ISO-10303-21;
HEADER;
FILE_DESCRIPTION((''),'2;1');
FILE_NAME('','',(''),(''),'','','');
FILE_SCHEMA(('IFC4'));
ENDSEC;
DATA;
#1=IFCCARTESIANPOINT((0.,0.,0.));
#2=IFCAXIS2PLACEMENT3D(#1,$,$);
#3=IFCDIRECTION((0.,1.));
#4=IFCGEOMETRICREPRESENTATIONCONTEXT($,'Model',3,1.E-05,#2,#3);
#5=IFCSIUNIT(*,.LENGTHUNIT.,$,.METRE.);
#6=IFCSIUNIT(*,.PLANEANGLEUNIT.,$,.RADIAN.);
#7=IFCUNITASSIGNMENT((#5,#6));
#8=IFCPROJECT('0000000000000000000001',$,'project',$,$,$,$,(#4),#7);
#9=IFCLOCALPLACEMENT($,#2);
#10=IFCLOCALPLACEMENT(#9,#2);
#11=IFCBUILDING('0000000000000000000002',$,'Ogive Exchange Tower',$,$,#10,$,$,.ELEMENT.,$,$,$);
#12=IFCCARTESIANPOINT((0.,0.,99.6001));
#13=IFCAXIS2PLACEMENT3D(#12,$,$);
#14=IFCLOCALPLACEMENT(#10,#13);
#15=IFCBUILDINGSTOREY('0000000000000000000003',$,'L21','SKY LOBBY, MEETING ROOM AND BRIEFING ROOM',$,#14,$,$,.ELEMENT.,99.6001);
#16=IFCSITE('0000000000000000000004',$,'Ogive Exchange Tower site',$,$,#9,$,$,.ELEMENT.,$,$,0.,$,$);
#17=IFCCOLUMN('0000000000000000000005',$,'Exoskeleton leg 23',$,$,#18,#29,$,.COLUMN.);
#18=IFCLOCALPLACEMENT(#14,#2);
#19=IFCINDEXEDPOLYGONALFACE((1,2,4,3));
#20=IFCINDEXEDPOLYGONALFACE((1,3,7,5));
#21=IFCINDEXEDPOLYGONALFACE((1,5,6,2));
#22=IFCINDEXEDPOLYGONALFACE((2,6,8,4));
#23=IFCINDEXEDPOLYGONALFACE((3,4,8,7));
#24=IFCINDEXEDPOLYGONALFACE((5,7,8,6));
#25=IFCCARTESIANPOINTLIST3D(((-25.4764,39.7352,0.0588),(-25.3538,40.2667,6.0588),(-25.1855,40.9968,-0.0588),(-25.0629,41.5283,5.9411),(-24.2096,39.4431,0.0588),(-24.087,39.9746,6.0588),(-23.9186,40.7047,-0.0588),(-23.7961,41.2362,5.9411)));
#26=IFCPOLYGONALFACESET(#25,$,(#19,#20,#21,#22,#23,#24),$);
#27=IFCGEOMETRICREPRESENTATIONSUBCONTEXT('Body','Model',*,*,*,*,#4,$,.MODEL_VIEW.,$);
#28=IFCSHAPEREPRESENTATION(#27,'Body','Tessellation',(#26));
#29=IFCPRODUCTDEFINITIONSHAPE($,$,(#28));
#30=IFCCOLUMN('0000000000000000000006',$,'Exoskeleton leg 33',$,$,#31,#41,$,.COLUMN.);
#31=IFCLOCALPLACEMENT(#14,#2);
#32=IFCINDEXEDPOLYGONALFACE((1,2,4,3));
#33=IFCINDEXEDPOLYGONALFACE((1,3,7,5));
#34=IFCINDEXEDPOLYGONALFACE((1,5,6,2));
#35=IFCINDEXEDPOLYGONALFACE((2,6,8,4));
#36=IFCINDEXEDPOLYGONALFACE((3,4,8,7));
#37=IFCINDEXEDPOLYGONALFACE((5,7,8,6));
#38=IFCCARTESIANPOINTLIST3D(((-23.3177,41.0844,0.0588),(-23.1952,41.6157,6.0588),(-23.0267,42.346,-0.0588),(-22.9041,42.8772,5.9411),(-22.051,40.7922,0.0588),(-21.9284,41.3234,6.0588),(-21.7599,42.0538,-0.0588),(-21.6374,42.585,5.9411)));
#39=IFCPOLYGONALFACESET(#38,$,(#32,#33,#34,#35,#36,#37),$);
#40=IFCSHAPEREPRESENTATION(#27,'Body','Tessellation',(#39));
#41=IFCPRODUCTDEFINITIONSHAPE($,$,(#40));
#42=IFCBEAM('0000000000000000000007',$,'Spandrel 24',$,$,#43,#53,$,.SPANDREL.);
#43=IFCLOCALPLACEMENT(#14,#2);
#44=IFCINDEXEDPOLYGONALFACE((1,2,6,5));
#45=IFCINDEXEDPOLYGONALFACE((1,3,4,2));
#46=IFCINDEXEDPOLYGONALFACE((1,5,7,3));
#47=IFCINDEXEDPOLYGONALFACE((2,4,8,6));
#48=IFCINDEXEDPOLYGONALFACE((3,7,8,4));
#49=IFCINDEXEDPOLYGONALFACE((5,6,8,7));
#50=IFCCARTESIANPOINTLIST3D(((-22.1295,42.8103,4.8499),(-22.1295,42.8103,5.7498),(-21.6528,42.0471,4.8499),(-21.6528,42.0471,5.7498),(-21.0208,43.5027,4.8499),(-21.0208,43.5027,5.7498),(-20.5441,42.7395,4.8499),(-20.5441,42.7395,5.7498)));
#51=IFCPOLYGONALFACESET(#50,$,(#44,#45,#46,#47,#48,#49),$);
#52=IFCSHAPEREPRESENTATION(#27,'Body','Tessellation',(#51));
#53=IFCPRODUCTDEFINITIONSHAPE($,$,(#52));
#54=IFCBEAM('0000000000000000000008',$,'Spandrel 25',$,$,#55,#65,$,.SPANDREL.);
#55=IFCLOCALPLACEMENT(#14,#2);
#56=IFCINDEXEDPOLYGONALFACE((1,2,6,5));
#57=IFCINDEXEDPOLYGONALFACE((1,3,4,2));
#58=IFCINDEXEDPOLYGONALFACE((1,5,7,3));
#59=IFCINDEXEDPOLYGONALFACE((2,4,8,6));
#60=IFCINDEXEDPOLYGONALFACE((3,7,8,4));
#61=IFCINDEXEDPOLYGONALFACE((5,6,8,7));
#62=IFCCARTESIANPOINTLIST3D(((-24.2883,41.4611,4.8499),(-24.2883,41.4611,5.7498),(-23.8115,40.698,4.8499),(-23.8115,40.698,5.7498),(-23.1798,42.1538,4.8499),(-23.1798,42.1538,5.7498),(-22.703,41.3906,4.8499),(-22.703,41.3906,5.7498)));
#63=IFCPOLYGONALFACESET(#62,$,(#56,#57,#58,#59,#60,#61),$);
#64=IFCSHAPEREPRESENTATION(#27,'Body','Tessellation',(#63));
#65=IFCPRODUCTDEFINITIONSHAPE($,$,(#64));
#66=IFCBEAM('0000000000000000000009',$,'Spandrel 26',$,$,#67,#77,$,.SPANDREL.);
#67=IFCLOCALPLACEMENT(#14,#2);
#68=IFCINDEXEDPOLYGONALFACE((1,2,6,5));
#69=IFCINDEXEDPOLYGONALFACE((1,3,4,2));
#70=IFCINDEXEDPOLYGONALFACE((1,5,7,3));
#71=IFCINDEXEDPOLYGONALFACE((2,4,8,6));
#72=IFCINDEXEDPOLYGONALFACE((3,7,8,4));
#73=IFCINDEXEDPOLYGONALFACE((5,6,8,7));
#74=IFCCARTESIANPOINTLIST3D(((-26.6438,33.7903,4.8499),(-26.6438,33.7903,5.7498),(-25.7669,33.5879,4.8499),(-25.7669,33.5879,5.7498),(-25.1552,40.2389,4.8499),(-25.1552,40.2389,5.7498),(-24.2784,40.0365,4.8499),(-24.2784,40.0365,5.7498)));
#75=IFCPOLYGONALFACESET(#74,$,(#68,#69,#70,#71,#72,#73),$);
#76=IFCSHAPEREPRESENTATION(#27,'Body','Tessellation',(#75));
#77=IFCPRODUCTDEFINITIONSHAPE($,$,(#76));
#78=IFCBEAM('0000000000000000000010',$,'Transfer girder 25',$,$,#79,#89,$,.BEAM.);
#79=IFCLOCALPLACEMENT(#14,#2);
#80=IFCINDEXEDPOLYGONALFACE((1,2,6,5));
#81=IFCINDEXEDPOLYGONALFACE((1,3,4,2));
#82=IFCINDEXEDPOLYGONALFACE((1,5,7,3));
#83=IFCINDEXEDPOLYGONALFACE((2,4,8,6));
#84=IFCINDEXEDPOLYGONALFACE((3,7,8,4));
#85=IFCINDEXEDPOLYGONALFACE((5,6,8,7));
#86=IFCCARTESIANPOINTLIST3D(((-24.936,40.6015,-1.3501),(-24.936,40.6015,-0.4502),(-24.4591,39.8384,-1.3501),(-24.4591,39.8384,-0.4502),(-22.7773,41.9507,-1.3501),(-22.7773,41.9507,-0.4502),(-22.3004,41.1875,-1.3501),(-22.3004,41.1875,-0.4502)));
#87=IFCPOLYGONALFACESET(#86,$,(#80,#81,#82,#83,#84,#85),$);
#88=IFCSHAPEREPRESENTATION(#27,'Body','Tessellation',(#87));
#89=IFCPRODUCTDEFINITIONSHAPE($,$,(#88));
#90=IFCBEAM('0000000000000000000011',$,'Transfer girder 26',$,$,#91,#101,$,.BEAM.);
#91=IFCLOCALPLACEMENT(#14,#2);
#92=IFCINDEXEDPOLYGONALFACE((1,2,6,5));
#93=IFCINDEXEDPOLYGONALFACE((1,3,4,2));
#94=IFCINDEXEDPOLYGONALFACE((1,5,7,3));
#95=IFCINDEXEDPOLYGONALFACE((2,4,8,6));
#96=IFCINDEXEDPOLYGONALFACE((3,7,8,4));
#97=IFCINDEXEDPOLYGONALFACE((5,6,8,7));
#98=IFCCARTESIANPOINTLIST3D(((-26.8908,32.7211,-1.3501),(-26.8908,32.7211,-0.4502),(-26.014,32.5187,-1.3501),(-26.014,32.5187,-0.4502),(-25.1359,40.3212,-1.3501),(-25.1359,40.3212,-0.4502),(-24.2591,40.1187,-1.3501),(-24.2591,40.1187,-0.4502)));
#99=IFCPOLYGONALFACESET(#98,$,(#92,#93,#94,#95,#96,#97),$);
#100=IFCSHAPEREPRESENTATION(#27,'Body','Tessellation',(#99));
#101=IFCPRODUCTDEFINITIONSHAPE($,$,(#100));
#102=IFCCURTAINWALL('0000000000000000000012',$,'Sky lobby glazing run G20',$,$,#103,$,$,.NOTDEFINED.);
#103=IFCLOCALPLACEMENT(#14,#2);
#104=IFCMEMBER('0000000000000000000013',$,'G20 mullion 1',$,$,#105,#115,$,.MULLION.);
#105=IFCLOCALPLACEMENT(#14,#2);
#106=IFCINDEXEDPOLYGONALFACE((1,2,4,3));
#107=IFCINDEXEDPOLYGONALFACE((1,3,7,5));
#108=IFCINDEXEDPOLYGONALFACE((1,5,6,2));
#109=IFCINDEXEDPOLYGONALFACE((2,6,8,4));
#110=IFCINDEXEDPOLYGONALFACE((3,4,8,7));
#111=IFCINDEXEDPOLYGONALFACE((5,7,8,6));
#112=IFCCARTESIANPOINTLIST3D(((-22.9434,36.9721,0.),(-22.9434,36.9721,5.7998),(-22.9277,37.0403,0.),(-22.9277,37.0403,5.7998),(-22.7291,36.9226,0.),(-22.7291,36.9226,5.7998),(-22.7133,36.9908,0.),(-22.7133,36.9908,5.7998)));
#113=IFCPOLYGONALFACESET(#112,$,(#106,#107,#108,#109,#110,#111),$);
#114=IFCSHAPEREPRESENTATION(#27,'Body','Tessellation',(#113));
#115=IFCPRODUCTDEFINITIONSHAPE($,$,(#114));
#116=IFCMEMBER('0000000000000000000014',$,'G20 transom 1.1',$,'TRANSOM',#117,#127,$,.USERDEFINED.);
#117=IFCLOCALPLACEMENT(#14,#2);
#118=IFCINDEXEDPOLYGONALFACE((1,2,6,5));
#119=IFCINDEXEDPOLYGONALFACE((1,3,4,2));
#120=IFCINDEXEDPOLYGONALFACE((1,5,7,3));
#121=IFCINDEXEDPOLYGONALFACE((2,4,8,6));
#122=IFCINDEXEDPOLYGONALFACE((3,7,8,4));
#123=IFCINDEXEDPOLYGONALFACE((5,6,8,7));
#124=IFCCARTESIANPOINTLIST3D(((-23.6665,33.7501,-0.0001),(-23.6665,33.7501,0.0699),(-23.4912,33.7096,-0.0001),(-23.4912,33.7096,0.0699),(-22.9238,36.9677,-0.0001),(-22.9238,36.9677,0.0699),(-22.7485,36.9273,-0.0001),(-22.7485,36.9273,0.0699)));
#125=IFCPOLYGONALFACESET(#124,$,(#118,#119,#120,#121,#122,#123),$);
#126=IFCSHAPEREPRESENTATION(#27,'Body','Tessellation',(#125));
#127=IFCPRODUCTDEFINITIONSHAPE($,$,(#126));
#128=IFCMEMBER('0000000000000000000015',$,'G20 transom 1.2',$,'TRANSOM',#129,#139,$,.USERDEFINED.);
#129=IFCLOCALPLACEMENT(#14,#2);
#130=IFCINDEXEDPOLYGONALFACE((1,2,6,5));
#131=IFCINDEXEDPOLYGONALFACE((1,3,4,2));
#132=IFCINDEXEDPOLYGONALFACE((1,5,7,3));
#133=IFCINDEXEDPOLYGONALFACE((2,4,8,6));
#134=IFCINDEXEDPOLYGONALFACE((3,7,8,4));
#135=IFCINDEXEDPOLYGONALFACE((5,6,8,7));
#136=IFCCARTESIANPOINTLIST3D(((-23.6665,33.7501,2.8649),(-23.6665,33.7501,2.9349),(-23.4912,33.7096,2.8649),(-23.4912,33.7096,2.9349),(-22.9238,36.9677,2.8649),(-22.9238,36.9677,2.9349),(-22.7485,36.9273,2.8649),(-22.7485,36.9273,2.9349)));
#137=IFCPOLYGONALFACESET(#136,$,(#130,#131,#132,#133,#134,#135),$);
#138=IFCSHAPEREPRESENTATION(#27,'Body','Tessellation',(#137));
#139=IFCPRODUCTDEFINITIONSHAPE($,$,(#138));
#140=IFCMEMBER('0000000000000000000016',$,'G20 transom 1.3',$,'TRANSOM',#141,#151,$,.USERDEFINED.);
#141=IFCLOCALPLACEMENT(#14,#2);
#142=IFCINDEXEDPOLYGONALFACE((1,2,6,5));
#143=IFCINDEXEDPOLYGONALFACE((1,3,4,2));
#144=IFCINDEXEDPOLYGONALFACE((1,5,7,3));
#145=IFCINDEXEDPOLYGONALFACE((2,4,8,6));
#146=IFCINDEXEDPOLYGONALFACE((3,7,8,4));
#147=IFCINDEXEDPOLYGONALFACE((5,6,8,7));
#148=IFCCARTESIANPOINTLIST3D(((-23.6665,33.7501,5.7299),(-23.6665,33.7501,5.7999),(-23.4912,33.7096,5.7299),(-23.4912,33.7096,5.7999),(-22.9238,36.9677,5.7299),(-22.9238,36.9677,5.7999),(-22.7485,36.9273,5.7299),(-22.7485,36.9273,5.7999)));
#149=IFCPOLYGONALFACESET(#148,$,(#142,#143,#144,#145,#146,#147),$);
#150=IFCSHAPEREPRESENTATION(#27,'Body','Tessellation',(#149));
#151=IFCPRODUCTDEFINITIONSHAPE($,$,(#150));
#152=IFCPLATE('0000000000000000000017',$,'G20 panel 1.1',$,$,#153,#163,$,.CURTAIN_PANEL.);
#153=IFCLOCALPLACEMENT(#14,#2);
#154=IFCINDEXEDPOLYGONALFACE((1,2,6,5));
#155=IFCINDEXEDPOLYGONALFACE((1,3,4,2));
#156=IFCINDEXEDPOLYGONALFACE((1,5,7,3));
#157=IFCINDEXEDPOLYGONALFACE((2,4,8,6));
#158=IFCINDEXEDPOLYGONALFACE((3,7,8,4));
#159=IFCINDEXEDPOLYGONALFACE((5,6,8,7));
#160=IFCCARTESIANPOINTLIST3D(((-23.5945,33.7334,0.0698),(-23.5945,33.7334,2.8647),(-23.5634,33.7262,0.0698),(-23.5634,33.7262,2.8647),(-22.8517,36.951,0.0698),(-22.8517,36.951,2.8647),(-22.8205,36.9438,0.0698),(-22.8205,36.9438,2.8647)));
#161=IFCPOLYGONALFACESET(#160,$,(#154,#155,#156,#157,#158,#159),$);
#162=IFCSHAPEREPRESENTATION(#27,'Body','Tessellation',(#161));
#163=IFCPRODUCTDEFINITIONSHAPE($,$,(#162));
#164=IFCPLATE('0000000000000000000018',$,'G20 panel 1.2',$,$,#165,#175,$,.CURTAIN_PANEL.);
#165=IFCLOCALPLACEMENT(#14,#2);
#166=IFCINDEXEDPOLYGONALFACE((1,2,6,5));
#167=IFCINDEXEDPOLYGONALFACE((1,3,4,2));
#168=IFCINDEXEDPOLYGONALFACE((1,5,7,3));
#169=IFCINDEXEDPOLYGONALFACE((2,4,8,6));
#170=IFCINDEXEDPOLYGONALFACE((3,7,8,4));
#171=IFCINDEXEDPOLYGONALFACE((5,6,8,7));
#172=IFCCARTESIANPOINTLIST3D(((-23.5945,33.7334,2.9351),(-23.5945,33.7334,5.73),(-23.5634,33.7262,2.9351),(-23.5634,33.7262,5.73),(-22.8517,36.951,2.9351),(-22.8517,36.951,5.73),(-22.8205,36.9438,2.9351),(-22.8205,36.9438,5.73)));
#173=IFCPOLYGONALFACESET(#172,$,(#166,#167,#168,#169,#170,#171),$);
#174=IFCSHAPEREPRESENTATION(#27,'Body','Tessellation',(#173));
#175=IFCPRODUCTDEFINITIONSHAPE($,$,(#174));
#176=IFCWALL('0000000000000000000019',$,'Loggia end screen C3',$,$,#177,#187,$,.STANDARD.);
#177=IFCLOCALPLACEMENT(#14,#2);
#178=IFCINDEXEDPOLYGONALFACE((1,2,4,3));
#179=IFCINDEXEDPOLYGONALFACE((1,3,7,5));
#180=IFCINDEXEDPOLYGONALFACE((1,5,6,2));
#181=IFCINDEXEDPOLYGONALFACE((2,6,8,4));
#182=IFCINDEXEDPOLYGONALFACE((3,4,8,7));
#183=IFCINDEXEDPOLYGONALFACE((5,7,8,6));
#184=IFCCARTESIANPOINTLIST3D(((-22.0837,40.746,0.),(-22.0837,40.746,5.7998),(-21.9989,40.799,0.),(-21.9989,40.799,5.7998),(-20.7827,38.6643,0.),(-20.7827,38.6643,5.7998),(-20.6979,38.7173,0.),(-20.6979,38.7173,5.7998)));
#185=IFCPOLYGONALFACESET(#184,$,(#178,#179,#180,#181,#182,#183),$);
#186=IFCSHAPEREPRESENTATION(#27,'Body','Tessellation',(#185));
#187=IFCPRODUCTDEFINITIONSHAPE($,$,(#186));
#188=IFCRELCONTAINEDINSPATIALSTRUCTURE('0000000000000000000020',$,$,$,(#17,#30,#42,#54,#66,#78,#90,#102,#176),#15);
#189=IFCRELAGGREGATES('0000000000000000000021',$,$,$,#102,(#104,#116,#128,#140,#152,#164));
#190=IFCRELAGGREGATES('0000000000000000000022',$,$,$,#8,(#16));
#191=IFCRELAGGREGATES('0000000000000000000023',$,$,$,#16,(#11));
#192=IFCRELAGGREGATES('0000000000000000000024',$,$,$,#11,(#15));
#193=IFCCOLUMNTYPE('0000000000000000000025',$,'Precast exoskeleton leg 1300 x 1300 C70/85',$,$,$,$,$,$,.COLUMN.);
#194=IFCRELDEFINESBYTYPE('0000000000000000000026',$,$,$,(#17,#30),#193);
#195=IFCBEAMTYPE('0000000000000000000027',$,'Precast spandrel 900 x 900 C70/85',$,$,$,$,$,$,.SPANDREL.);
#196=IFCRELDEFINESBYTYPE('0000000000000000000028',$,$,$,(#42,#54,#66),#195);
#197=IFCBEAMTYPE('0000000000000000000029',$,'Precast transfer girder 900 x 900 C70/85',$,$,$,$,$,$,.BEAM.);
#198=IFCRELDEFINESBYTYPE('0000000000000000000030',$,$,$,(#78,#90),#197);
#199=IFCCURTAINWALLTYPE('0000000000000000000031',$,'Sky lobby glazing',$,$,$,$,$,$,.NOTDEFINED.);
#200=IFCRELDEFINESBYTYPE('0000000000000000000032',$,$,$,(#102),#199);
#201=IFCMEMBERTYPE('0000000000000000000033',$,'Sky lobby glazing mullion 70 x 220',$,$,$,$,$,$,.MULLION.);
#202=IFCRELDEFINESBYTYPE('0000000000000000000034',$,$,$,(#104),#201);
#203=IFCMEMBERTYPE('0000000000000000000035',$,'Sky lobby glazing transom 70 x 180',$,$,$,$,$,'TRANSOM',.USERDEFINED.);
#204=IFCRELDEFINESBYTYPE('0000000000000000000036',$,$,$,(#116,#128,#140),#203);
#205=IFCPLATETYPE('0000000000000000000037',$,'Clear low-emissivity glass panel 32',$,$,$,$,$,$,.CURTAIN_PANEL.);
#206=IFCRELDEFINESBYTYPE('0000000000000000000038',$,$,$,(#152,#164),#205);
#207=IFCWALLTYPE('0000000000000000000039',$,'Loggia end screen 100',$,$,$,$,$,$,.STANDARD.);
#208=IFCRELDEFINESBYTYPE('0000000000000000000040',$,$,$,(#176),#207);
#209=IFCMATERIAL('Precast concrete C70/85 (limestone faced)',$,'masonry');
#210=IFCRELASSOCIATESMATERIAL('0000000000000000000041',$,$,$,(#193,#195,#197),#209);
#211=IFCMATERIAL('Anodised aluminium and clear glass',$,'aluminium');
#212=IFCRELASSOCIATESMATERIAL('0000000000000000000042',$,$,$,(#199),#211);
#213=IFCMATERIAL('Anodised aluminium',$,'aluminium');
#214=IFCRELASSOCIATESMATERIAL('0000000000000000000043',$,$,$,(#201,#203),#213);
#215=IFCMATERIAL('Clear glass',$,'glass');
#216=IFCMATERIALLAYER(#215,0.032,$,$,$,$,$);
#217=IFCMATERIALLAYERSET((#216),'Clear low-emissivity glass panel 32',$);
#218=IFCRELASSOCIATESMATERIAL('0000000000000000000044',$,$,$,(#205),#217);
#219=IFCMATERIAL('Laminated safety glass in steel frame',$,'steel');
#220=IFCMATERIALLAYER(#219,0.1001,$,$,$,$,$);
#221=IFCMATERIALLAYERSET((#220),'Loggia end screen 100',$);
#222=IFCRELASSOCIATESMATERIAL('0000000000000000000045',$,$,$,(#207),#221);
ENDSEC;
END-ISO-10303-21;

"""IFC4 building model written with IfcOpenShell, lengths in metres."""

from ifc_helpers import new_model, si_unit, direction, frame, frame_2d, origin, origin_2d, place, context, subcontext, project, spatial, rectangle, extrude, material, layer, layer_set, material_profile, profile_set, type_object, element, aggregate, save


model = new_model("IFC4")

# Units and contexts
model_context = context("Model", 3, precision=1e-05, world=origin(), true_north=direction((0.0, 1.0)))
body_context = subcontext(model_context, "Body", "Model", "MODEL_VIEW")
ifc_project = project(units=[si_unit("LENGTHUNIT", "METRE"), si_unit("PLANEANGLEUNIT", "RADIAN")], contexts=[model_context])

# Site, building, storey
site_placement = place(None, origin())
site = spatial("IfcSite", under=ifc_project, at=site_placement, Name="Ogive Exchange Tower site", CompositionType="ELEMENT", RefElevation=0.0)
building_placement = place(site_placement, origin())
building = spatial("IfcBuilding", under=site, at=building_placement, Name="Ogive Exchange Tower", CompositionType="ELEMENT")
storey_placement = place(building_placement, frame((0.0, 0.0, 99.6001)))
storey = spatial("IfcBuildingStorey", under=building, at=storey_placement, Name="L21", Description="SKY LOBBY, MEETING ROOM AND BRIEFING ROOM", CompositionType="ELEMENT", Elevation=99.6001)

# Columns
ifc_material_1 = material(Name="Precast concrete C70/85 (limestone faced)", Category="masonry")
ifc_material_profile_1 = material_profile(ifc_material_1, rectangle(XDim=1.3, YDim=1.3, at=origin_2d()), Name="1300 x 1300")
ifc_profile_set_1 = profile_set([ifc_material_profile_1], Name="Precast concrete C70/85 (limestone faced)")
column_type = type_object("IfcColumnType", Name="Precast exoskeleton leg 1300 x 1300 C70/85", PredefinedType="COLUMN", material=ifc_profile_set_1)
for number, where, z_axis, x_axis, name in (
    (1, (-24.6975, 40.22, 0.0), (0.020343, 0.088219, 0.995893), (-0.974429, 0.224696, 0.0), "Exoskeleton leg 23"),
    (2, (-22.5388, 41.5691, 0.0), (0.020343, 0.088178, 0.995897), (-0.974406, 0.224794, 0.0), "Exoskeleton leg 33"),
):
    element("IfcColumn", number, at=place(storey_placement, frame(where, z_axis=z_axis, x_axis=x_axis)), inside=storey, type_object=column_type, Name=name, PredefinedType="COLUMN", context=body_context, shape_type="SweptSolid", body=[
        extrude(rectangle(XDim=1.3, YDim=1.3, at=origin_2d()), origin(), (0.0, 0.0, 1.0), 6.0247),
    ])

# Beams
ifc_material_profile_2 = material_profile(ifc_material_1, rectangle(XDim=0.8999, YDim=0.8999, at=origin_2d()), Name="900 x 900")
ifc_profile_set_2 = profile_set([ifc_material_profile_2], Name="Precast concrete C70/85 (limestone faced)")
beam_type_1 = type_object("IfcBeamType", Name="Precast spandrel 900 x 900 C70/85", PredefinedType="SPANDREL", material=ifc_profile_set_2)
for number, where, z_axis, x_axis, name in (
    (3, (-20.7825, 43.1211, 5.2998), (-0.848177, -0.529713, 0.0), (0.529713, -0.848177, 0.0), "Spandrel 24"),
    (4, (-22.9414, 41.7722, 5.2998), (-0.84804, -0.529932, 0.0), (0.529932, -0.84804, 0.0), "Spandrel 25"),
):
    element("IfcBeam", number, at=place(storey_placement, frame(where, z_axis=z_axis, x_axis=x_axis)), inside=storey, type_object=beam_type_1, Name=name, PredefinedType="SPANDREL", context=body_context, shape_type="SweptSolid", body=[
        extrude(rectangle(XDim=0.8999, YDim=0.8999, at=origin_2d()), origin(), (0.0, 0.0, 1.0), 1.3071),
    ])
beam_1_placement = place(storey_placement, frame((-24.7168, 40.1377, 5.2998), z_axis=(-0.224919, -0.974378, 0.0), x_axis=(0.974378, -0.224919, 0.0)))
element("IfcBeam", 5, at=beam_1_placement, inside=storey, type_object=beam_type_1, Name="Spandrel 26", PredefinedType="SPANDREL", context=body_context, shape_type="SweptSolid", body=[
    extrude(rectangle(XDim=0.8999, YDim=0.8999, at=origin_2d()), origin(), (0.0, 0.0, 1.0), 6.6182),
])
ifc_material_profile_3 = material_profile(ifc_material_1, rectangle(XDim=0.8999, YDim=0.8999, at=origin_2d()), Name="900 x 900")
ifc_profile_set_3 = profile_set([ifc_material_profile_3], Name="Precast concrete C70/85 (limestone faced)")
beam_type_2 = type_object("IfcBeamType", Name="Precast transfer girder 900 x 900 C70/85", PredefinedType="BEAM", material=ifc_profile_set_3)
beam_2_placement = place(storey_placement, frame((-22.5388, 41.5691, -0.9001), z_axis=(-0.848009, -0.529982, 0.0), x_axis=(0.529982, -0.848009, 0.0)))
element("IfcBeam", 6, at=beam_2_placement, inside=storey, type_object=beam_type_2, Name="Transfer girder 25", PredefinedType="BEAM", context=body_context, shape_type="SweptSolid", body=[
    extrude(rectangle(XDim=0.8999, YDim=0.8999, at=origin_2d()), origin(), (0.0, 0.0, 1.0), 2.5457),
])
beam_3_placement = place(storey_placement, frame((-24.6975, 40.22, -0.9001), z_axis=(-0.224983, -0.974363, 0.0), x_axis=(0.974363, -0.224983, 0.0)))
element("IfcBeam", 7, at=beam_3_placement, inside=storey, type_object=beam_type_2, Name="Transfer girder 26", PredefinedType="BEAM", context=body_context, shape_type="SweptSolid", body=[
    extrude(rectangle(XDim=0.8999, YDim=0.8999, at=origin_2d()), origin(), (0.0, 0.0, 1.0), 7.8),
])

# Curtain wall, members, plates
ifc_material_2 = material(Name="Anodised aluminium and clear glass", Category="aluminium")
curtain_wall_type = type_object("IfcCurtainWallType", Name="Sky lobby glazing", PredefinedType="NOTDEFINED", material=ifc_material_2)
curtain_wall_placement = place(storey_placement, origin())
curtain_wall = element("IfcCurtainWall", 8, at=curtain_wall_placement, inside=storey, type_object=curtain_wall_type, Name="Sky lobby glazing run G20", PredefinedType="NOTDEFINED")
ifc_material_3 = material(Name="Anodised aluminium", Category="aluminium")
ifc_material_profile_4 = material_profile(ifc_material_3, rectangle(XDim=0.22, YDim=0.0701, at=origin_2d()), Name="AL 70x220")
ifc_profile_set_4 = profile_set([ifc_material_profile_4], Name="Anodised aluminium")
member_type_1 = type_object("IfcMemberType", Name="Sky lobby glazing mullion 70 x 220", PredefinedType="MULLION", material=ifc_profile_set_4)
member_1_placement = place(storey_placement, frame((-22.8284, 36.9814, 0.0), z_axis=(0.0, 0.0, 1.0), x_axis=(0.97437, -0.224952, 0.0)))
member_1 = element("IfcMember", 9, at=member_1_placement, type_object=member_type_1, Name="G20 mullion 1", PredefinedType="MULLION", context=body_context, shape_type="SweptSolid", body=[
    extrude(rectangle(XDim=0.22, YDim=0.0701, at=origin_2d()), origin(), (0.0, 0.0, 1.0), 5.7998),
])
ifc_material_profile_5 = material_profile(ifc_material_3, rectangle(XDim=0.1799, YDim=0.0701, at=origin_2d()), Name="AL 70x180")
ifc_profile_set_5 = profile_set([ifc_material_profile_5], Name="Anodised aluminium")
member_type_2 = type_object("IfcMemberType", Name="Sky lobby glazing transom 70 x 180", ElementType="TRANSOM", PredefinedType="USERDEFINED", material=ifc_profile_set_5)
member_2_placement = place(storey_placement, frame((-22.8362, 36.9475, 0.0349), z_axis=(-0.224892, -0.974384, 0.0), x_axis=(0.974384, -0.224892, 0.0)))
member_2 = element("IfcMember", 10, at=member_2_placement, type_object=member_type_2, Name="G20 transom 1.1", ObjectType="TRANSOM", PredefinedType="USERDEFINED", context=body_context, shape_type="SweptSolid", body=[
    extrude(rectangle(XDim=0.1799, YDim=0.0701, at=origin_2d()), origin(), (0.0, 0.0, 1.0), 3.3022),
])
member_3_placement = place(storey_placement, frame((-22.8362, 36.9475, 2.8999), z_axis=(-0.224892, -0.974384, 0.0), x_axis=(0.974384, -0.224892, 0.0)))
member_3 = element("IfcMember", 11, at=member_3_placement, type_object=member_type_2, Name="G20 transom 1.2", ObjectType="TRANSOM", PredefinedType="USERDEFINED", context=body_context, shape_type="SweptSolid", body=[
    extrude(rectangle(XDim=0.1799, YDim=0.0701, at=origin_2d()), origin(), (0.0, 0.0, 1.0), 3.3022),
])
member_4_placement = place(storey_placement, frame((-22.8362, 36.9475, 5.7649), z_axis=(-0.224892, -0.974384, 0.0), x_axis=(0.974384, -0.224892, 0.0)))
member_4 = element("IfcMember", 12, at=member_4_placement, type_object=member_type_2, Name="G20 transom 1.3", ObjectType="TRANSOM", PredefinedType="USERDEFINED", context=body_context, shape_type="SweptSolid", body=[
    extrude(rectangle(XDim=0.1799, YDim=0.0701, at=origin_2d()), origin(), (0.0, 0.0, 1.0), 3.3022),
])
ifc_material_4 = material(Name="Clear glass", Category="glass")
ifc_layer_1 = layer(ifc_material_4, 0.032)
ifc_layer_set_1 = layer_set([ifc_layer_1], Name="Clear low-emissivity glass panel 32")
plate_type = type_object("IfcPlateType", Name="Clear low-emissivity glass panel 32", PredefinedType="CURTAIN_PANEL", material=ifc_layer_set_1)
plate_1_placement = place(storey_placement, frame((-23.2075, 35.3386, 0.0698), z_axis=(0.0, 0.0, 1.0), x_axis=(-0.224952, -0.97437, 0.0)))
plate_1 = element("IfcPlate", 13, at=plate_1_placement, type_object=plate_type, Name="G20 panel 1.1", PredefinedType="CURTAIN_PANEL", context=body_context, shape_type="SweptSolid", body=[
    extrude(rectangle(XDim=3.3022, YDim=0.032, at=origin_2d()), origin(), (0.0, 0.0, 1.0), 2.7949),
])
plate_2_placement = place(storey_placement, frame((-23.2075, 35.3386, 2.9351), z_axis=(0.0, 0.0, 1.0), x_axis=(-0.224952, -0.97437, 0.0)))
plate_2 = element("IfcPlate", 14, at=plate_2_placement, type_object=plate_type, Name="G20 panel 1.2", PredefinedType="CURTAIN_PANEL", context=body_context, shape_type="SweptSolid", body=[
    extrude(rectangle(XDim=3.3022, YDim=0.032, at=origin_2d()), origin(), (0.0, 0.0, 1.0), 2.7949),
])
aggregate(curtain_wall, [member_1, member_2, member_3, member_4, plate_1, plate_2])

# Wall
ifc_material_5 = material(Name="Laminated safety glass in steel frame", Category="steel")
ifc_layer_2 = layer(ifc_material_5, 0.1001)
ifc_layer_set_2 = layer_set([ifc_layer_2], Name="Loggia end screen 100")
wall_type = type_object("IfcWallType", Name="Loggia end screen 100", PredefinedType="STANDARD", material=ifc_layer_set_2)
wall_placement = place(storey_placement, frame((-20.7402, 38.6907, 0.0), z_axis=(0.0, 0.0, 1.0), x_axis=(-0.529972, 0.848015, 0.0)))
element("IfcWall", 15, at=wall_placement, inside=storey, type_object=wall_type, Name="Loggia end screen C3", PredefinedType="STANDARD", context=body_context, shape_type="SweptSolid", body=[
    extrude(rectangle(XDim=2.4548, YDim=0.1001, at=frame_2d((1.2275, 0.0))), origin(), (0.0, 0.0, 1.0), 5.7998),
])

save(model, "model.ifc")
